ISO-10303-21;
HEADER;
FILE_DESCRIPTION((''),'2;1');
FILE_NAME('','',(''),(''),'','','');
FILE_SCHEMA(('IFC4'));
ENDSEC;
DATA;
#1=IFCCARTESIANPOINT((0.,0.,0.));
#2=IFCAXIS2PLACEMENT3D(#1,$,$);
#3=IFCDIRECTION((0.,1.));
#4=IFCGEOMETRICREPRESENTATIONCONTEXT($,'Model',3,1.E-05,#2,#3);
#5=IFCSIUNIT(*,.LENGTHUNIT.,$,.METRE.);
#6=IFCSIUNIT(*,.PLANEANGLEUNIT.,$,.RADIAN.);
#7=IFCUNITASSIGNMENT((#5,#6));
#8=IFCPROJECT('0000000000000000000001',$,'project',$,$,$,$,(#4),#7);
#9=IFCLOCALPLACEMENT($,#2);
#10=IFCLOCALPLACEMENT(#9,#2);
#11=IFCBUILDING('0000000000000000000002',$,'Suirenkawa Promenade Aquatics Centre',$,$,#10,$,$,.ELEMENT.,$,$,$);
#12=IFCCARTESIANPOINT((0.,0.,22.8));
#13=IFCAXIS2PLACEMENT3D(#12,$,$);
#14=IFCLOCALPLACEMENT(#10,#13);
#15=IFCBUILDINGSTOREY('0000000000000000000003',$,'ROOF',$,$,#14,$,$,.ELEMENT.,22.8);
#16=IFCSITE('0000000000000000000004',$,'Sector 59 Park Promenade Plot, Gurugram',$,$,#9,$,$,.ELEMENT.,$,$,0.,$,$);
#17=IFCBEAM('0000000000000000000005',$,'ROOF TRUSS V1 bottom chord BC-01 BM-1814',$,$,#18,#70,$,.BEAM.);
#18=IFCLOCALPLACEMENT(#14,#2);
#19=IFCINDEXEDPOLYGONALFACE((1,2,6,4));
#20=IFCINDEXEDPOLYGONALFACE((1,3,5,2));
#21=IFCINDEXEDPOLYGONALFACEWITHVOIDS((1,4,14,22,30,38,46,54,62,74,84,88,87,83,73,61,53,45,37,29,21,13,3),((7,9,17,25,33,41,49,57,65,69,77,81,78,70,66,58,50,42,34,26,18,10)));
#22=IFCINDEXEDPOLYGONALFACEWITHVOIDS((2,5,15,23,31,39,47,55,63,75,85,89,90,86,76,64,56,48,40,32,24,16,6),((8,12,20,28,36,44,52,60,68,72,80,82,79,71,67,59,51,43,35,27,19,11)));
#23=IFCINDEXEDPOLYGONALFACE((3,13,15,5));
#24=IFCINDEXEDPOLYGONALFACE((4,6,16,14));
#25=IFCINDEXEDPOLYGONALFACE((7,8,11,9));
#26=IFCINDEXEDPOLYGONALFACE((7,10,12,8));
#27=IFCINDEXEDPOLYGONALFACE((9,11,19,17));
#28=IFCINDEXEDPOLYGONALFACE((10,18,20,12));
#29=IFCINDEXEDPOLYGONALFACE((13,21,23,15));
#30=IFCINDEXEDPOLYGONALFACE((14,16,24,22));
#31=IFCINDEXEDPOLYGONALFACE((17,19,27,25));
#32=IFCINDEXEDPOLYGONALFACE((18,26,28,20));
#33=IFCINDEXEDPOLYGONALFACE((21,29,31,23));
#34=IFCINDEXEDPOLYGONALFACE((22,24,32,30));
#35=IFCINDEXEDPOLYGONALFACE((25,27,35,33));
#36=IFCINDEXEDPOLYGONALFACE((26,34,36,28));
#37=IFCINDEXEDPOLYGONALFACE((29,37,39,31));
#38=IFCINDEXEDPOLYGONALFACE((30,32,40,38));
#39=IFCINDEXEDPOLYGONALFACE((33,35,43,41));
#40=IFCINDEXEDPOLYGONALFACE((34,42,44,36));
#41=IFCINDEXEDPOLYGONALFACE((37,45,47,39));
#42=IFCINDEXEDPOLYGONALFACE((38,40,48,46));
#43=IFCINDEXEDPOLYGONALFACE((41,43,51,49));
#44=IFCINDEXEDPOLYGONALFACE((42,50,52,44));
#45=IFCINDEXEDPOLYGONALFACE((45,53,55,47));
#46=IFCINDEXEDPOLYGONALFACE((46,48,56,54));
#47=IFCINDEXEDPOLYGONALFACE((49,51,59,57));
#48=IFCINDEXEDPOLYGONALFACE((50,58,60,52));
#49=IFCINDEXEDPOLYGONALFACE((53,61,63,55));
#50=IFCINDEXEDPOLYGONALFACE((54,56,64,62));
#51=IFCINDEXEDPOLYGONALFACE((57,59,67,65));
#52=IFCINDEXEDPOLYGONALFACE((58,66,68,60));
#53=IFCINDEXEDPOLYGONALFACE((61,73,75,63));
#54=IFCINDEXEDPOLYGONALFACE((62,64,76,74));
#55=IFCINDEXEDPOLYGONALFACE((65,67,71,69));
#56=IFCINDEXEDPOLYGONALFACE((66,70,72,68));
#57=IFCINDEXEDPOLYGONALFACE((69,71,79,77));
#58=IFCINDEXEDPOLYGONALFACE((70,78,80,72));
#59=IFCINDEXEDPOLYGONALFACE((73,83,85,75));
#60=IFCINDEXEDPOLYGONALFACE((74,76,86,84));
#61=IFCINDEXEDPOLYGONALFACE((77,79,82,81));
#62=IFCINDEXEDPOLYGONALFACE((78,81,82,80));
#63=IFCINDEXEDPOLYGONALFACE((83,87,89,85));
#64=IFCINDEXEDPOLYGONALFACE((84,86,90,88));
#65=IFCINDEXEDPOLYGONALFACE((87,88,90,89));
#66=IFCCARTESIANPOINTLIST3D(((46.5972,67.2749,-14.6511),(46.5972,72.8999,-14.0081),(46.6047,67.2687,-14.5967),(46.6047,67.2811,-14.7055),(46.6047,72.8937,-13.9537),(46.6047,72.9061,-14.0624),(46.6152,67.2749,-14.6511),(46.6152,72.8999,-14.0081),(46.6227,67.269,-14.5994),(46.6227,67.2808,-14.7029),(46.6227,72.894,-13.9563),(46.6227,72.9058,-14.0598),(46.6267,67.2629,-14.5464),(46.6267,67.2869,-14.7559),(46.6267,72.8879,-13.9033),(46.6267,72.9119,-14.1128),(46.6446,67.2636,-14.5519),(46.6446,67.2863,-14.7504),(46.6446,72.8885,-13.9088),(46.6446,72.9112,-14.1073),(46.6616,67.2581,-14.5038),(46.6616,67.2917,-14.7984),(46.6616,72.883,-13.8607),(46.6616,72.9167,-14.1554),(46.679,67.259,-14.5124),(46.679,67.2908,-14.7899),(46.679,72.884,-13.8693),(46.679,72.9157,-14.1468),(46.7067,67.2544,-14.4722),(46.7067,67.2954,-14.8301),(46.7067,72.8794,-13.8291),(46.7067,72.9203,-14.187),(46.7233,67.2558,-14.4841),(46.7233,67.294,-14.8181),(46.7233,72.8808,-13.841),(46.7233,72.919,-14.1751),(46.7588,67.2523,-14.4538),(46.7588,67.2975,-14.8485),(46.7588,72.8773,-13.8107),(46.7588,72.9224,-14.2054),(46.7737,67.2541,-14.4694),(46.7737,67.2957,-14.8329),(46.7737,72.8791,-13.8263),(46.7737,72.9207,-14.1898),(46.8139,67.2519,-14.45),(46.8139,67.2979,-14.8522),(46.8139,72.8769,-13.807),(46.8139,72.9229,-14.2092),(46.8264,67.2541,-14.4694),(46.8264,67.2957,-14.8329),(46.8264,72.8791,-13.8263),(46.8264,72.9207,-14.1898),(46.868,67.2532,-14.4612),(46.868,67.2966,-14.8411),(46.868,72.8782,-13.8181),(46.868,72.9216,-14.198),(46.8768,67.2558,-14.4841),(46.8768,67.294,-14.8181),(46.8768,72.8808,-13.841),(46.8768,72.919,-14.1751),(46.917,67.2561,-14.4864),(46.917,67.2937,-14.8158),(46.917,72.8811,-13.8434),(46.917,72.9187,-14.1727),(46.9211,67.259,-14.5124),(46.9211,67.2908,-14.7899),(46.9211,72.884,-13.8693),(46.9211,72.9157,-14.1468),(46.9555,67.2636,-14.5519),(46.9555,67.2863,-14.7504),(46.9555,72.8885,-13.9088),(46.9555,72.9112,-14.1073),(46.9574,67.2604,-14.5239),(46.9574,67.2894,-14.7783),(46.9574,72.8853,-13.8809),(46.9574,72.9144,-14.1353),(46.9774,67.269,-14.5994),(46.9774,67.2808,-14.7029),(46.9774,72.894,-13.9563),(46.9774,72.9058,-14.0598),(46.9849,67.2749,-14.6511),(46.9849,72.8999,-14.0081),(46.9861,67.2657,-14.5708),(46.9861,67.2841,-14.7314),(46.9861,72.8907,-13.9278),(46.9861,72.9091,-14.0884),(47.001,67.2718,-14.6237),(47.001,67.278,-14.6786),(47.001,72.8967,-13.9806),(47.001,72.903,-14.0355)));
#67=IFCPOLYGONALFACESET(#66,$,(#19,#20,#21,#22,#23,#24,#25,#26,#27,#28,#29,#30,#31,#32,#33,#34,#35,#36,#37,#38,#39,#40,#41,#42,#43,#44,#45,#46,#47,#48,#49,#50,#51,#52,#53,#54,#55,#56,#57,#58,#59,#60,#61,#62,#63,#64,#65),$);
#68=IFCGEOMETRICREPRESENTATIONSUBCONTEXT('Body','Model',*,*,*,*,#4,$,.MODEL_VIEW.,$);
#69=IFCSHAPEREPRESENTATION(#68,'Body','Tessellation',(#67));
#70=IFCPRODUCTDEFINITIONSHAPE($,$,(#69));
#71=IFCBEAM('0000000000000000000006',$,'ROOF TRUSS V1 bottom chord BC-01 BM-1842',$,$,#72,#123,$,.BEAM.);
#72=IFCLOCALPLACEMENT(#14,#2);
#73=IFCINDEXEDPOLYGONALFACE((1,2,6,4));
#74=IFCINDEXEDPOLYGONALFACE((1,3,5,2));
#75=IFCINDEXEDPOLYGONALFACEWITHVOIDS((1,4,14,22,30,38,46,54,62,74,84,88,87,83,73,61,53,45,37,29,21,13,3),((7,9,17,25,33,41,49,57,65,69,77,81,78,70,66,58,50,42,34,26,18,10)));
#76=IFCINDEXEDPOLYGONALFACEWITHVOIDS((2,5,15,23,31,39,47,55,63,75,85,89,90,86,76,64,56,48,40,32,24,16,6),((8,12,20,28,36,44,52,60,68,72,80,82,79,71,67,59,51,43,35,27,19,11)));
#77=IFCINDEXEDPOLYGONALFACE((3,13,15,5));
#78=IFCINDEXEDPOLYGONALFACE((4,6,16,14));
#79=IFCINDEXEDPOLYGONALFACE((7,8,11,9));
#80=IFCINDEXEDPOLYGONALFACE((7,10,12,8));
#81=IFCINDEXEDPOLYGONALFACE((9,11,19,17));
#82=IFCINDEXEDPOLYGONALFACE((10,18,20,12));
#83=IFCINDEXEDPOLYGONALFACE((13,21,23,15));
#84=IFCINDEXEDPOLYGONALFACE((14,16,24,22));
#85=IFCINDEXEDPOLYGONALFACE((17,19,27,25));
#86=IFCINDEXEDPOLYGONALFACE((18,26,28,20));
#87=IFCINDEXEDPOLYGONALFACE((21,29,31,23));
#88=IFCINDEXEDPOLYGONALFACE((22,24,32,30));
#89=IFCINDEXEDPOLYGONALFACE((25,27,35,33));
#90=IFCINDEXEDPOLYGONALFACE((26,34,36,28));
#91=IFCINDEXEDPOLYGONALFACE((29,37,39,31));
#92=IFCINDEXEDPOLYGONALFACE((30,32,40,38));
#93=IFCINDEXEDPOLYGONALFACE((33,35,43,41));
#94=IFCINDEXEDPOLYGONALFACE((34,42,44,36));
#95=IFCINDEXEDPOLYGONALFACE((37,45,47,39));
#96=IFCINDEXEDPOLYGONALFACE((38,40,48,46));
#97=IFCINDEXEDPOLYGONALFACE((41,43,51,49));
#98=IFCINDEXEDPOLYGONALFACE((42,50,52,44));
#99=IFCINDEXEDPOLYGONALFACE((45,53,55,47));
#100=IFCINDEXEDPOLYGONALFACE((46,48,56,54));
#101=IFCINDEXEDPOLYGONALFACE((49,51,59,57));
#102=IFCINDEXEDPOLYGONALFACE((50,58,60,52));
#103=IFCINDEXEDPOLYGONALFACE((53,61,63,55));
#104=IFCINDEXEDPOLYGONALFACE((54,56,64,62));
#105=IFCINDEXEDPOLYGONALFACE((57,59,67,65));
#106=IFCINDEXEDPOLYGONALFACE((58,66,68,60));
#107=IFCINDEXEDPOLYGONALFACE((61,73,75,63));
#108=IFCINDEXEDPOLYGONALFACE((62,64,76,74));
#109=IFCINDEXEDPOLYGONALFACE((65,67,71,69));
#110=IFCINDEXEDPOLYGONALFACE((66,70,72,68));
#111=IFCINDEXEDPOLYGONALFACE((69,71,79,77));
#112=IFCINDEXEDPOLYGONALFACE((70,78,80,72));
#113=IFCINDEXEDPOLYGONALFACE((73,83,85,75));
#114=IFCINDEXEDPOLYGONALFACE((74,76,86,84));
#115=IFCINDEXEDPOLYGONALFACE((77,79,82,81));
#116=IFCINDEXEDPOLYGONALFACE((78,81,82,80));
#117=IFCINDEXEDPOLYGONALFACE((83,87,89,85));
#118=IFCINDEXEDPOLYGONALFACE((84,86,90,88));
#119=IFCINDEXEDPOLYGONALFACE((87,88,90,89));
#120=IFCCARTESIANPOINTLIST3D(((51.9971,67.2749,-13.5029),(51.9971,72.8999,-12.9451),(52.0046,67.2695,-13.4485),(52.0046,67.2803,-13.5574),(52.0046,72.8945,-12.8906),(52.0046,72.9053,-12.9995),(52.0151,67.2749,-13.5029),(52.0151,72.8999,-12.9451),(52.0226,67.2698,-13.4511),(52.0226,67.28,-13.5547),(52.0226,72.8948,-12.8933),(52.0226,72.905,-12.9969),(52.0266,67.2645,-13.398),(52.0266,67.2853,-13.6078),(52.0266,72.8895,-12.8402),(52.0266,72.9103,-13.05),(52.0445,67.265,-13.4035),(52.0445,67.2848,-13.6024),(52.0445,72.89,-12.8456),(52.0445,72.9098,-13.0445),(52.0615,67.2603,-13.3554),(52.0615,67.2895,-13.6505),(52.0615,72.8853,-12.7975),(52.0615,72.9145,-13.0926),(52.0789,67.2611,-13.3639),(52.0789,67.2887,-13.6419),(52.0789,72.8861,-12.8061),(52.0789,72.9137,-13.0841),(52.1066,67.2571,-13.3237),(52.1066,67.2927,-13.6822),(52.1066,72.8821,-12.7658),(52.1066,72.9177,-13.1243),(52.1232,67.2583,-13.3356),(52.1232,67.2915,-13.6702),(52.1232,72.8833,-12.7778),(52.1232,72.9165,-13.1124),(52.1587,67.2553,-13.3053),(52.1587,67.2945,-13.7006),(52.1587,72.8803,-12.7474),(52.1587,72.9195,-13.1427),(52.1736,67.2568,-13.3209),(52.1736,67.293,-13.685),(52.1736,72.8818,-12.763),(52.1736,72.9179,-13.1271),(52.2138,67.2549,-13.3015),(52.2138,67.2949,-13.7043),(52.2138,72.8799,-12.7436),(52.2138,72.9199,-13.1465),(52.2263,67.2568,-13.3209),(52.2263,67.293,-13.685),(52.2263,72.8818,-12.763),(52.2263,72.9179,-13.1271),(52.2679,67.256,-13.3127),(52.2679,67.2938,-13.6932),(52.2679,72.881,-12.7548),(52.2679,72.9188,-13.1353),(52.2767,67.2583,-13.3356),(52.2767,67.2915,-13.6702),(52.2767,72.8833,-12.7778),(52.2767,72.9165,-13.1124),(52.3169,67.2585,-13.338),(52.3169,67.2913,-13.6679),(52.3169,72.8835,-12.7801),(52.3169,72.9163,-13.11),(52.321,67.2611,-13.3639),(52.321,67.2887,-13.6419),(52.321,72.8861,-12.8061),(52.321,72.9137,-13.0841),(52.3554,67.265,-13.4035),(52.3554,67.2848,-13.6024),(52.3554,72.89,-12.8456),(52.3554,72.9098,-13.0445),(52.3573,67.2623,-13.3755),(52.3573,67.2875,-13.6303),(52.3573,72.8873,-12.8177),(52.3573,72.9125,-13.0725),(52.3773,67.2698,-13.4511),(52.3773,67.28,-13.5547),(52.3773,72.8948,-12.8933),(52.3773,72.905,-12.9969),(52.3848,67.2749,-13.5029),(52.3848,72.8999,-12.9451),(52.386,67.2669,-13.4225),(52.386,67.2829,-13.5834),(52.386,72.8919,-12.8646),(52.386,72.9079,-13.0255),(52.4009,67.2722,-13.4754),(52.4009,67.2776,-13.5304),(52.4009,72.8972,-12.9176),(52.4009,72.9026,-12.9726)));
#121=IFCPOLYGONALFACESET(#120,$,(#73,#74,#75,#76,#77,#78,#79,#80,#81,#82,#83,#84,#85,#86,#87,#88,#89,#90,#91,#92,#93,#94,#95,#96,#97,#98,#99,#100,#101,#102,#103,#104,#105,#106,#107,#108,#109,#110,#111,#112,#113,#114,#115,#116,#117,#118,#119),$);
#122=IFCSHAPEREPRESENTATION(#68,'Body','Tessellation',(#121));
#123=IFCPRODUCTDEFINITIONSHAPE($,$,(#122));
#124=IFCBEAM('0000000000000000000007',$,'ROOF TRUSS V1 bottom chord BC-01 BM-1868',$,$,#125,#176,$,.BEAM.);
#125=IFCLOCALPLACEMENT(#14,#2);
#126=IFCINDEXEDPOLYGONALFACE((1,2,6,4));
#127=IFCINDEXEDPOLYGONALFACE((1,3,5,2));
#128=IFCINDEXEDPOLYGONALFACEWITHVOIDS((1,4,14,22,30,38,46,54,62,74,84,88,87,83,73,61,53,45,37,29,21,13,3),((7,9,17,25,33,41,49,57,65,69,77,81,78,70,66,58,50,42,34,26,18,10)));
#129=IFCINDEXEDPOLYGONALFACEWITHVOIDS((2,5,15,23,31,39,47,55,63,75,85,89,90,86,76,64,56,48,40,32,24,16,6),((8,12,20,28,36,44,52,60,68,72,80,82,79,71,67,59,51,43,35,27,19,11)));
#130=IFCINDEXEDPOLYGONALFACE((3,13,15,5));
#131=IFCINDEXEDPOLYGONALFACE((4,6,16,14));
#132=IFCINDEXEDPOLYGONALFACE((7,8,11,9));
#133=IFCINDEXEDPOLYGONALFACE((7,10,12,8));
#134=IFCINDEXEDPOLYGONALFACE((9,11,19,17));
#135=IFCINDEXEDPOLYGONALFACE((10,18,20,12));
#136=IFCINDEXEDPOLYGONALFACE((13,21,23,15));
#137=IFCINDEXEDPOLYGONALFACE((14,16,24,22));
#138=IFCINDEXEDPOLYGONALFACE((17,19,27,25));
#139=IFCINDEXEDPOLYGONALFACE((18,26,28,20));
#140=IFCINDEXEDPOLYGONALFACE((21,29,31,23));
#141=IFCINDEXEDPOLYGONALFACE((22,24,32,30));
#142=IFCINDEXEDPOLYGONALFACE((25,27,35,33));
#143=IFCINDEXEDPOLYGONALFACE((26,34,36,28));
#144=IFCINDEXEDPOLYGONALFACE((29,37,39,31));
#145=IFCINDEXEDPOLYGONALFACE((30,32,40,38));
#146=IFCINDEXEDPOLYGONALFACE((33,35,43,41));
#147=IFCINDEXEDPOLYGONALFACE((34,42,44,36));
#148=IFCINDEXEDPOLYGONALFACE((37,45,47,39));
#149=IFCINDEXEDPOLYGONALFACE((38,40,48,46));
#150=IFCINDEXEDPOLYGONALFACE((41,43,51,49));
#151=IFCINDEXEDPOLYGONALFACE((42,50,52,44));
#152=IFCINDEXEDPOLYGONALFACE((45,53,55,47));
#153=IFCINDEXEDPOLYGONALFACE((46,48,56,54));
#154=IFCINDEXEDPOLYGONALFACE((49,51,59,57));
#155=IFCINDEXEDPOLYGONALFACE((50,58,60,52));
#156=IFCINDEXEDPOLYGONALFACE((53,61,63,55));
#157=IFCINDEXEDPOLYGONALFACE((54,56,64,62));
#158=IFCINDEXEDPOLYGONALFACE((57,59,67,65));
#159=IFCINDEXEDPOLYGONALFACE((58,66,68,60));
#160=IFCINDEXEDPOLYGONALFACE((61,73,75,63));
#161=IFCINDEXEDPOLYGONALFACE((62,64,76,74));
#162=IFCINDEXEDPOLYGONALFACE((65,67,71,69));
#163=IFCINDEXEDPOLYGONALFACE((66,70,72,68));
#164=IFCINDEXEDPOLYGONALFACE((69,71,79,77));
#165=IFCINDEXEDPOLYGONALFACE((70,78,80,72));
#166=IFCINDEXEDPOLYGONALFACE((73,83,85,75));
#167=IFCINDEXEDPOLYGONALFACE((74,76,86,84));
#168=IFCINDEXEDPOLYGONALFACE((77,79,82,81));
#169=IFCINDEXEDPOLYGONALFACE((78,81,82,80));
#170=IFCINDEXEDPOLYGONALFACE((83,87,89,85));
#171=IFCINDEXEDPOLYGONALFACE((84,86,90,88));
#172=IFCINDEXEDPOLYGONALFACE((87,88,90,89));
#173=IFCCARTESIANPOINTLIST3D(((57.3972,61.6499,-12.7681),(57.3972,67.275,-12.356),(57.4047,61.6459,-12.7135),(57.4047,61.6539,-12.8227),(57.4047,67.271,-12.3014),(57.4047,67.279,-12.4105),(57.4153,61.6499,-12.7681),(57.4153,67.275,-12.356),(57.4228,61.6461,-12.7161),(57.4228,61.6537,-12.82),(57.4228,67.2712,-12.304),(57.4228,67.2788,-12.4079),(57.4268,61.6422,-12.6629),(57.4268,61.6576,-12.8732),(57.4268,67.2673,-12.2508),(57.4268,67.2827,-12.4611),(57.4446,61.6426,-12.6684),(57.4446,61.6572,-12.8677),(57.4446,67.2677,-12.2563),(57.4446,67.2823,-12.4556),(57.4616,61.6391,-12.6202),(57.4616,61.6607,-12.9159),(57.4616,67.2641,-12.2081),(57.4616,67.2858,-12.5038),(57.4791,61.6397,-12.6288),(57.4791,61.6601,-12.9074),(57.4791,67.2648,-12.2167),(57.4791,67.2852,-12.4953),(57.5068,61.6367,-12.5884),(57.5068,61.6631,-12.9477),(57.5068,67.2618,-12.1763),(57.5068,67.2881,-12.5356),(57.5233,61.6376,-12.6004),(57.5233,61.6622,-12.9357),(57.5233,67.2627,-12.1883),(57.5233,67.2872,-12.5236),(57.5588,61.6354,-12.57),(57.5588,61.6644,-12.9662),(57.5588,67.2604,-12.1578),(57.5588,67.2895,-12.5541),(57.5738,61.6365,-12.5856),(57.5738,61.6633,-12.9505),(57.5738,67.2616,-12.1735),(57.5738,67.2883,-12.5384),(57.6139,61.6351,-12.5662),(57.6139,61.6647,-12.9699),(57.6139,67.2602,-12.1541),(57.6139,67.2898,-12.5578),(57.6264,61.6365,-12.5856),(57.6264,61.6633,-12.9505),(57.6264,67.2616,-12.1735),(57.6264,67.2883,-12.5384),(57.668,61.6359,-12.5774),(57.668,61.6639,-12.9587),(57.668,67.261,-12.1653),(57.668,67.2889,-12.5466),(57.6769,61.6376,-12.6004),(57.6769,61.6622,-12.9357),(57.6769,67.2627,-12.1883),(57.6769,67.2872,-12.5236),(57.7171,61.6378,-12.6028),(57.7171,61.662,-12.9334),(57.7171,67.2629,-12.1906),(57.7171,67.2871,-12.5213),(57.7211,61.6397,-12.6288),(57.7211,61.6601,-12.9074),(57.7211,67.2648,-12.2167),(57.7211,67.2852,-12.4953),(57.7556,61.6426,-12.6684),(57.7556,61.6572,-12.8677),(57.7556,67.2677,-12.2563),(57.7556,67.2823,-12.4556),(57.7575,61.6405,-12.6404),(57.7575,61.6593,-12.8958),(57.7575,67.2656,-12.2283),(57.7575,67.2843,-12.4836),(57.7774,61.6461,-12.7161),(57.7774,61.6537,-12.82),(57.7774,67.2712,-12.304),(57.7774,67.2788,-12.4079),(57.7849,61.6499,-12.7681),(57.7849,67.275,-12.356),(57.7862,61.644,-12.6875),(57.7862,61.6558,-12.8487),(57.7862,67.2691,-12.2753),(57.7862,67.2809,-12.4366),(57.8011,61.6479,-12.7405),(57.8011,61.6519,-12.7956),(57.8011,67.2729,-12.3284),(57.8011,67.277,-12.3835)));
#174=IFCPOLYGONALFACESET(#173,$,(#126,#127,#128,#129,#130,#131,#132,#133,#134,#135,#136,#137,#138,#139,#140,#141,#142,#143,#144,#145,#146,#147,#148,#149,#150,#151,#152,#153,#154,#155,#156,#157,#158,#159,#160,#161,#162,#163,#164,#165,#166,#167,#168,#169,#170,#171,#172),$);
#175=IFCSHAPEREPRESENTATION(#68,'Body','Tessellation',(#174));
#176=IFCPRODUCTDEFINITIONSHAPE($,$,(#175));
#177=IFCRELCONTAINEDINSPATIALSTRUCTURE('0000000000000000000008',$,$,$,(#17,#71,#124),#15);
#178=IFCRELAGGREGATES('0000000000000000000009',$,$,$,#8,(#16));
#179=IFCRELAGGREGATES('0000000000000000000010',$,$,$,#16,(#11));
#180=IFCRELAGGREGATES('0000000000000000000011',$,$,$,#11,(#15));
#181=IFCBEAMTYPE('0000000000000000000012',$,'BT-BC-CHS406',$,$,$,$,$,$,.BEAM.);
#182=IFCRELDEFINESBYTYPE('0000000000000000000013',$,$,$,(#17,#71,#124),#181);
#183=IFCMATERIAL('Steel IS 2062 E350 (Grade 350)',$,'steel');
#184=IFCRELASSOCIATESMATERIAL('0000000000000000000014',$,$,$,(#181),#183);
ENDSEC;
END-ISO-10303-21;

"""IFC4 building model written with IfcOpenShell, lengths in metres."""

from ifc_helpers import new_model, si_unit, direction, frame, origin, origin_2d, place, context, subcontext, project, spatial, hollow_circle, extrude, material, material_profile, profile_set, type_object, element, save


model = new_model("IFC4")

# Units and contexts
model_context = context("Model", 3, precision=1e-05, world=origin(), true_north=direction((0.0, 1.0)))
body_context = subcontext(model_context, "Body", "Model", "MODEL_VIEW")
ifc_project = project(units=[si_unit("LENGTHUNIT", "METRE"), si_unit("PLANEANGLEUNIT", "RADIAN")], contexts=[model_context])

# Site, building, storey
site_placement = place(None, origin())
site = spatial("IfcSite", under=ifc_project, at=site_placement, Name="Sector 59 Park Promenade Plot, Gurugram", CompositionType="ELEMENT", RefElevation=0.0)
building_placement = place(site_placement, origin())
building = spatial("IfcBuilding", under=site, at=building_placement, Name="Suirenkawa Promenade Aquatics Centre", CompositionType="ELEMENT")
storey_placement = place(building_placement, frame((0.0, 0.0, 22.8)))
storey = spatial("IfcBuildingStorey", under=building, at=storey_placement, Name="ROOF", CompositionType="ELEMENT", Elevation=22.8)

# Beams
ifc_material = material(Name="Steel IS 2062 E350 (Grade 350)", Category="steel")
ifc_material_profile_1 = material_profile(ifc_material, hollow_circle(Radius=0.2029, WallThickness=0.0181, at=origin_2d()), Name="CHS 406x18", Category="steel")
ifc_profile_set_1 = profile_set([ifc_material_profile_1], Name="Steel IS 2062 E350 (Grade 350)")
beam_type_1 = type_object("IfcBeamType", Name="BT-BC-CHS406", PredefinedType="BEAM", material=ifc_profile_set_1)
beam_1_placement = place(storey_placement, frame((46.8, 67.2749, -14.6511), z_axis=(0.0, 0.993529, 0.113583), x_axis=(-1.0, 0.0, 0.0)))
element("IfcBeam", 1, at=beam_1_placement, inside=storey, type_object=beam_type_1, Name="ROOF TRUSS V1 bottom chord BC-01 BM-1814", PredefinedType="BEAM", context=body_context, shape_type="SweptSolid", body=[
    extrude(hollow_circle(Radius=0.2029, WallThickness=0.0181, at=origin_2d()), origin(), (0.0, 0.0, 1.0), 5.6616),
])
beam_2_placement = place(storey_placement, frame((52.2, 67.2749, -13.5029), z_axis=(0.0, 0.995118, 0.098691), x_axis=(-1.0, 0.0, 0.0)))
element("IfcBeam", 2, at=beam_2_placement, inside=storey, type_object=beam_type_1, Name="ROOF TRUSS V1 bottom chord BC-01 BM-1842", PredefinedType="BEAM", context=body_context, shape_type="SweptSolid", body=[
    extrude(hollow_circle(Radius=0.2029, WallThickness=0.0181, at=origin_2d()), origin(), (0.0, 0.0, 1.0), 5.6526),
])
beam_3_placement = place(storey_placement, frame((57.6001, 61.6499, -12.7681), z_axis=(0.0, 0.997327, 0.073068), x_axis=(-1.0, 0.0, 0.0)))
element("IfcBeam", 3, at=beam_3_placement, inside=storey, type_object=beam_type_1, Name="ROOF TRUSS V1 bottom chord BC-01 BM-1868", PredefinedType="BEAM", context=body_context, shape_type="SweptSolid", body=[
    extrude(hollow_circle(Radius=0.2029, WallThickness=0.0181, at=origin_2d()), origin(), (0.0, 0.0, 1.0), 5.6401),
])

save(model, "model.ifc")
